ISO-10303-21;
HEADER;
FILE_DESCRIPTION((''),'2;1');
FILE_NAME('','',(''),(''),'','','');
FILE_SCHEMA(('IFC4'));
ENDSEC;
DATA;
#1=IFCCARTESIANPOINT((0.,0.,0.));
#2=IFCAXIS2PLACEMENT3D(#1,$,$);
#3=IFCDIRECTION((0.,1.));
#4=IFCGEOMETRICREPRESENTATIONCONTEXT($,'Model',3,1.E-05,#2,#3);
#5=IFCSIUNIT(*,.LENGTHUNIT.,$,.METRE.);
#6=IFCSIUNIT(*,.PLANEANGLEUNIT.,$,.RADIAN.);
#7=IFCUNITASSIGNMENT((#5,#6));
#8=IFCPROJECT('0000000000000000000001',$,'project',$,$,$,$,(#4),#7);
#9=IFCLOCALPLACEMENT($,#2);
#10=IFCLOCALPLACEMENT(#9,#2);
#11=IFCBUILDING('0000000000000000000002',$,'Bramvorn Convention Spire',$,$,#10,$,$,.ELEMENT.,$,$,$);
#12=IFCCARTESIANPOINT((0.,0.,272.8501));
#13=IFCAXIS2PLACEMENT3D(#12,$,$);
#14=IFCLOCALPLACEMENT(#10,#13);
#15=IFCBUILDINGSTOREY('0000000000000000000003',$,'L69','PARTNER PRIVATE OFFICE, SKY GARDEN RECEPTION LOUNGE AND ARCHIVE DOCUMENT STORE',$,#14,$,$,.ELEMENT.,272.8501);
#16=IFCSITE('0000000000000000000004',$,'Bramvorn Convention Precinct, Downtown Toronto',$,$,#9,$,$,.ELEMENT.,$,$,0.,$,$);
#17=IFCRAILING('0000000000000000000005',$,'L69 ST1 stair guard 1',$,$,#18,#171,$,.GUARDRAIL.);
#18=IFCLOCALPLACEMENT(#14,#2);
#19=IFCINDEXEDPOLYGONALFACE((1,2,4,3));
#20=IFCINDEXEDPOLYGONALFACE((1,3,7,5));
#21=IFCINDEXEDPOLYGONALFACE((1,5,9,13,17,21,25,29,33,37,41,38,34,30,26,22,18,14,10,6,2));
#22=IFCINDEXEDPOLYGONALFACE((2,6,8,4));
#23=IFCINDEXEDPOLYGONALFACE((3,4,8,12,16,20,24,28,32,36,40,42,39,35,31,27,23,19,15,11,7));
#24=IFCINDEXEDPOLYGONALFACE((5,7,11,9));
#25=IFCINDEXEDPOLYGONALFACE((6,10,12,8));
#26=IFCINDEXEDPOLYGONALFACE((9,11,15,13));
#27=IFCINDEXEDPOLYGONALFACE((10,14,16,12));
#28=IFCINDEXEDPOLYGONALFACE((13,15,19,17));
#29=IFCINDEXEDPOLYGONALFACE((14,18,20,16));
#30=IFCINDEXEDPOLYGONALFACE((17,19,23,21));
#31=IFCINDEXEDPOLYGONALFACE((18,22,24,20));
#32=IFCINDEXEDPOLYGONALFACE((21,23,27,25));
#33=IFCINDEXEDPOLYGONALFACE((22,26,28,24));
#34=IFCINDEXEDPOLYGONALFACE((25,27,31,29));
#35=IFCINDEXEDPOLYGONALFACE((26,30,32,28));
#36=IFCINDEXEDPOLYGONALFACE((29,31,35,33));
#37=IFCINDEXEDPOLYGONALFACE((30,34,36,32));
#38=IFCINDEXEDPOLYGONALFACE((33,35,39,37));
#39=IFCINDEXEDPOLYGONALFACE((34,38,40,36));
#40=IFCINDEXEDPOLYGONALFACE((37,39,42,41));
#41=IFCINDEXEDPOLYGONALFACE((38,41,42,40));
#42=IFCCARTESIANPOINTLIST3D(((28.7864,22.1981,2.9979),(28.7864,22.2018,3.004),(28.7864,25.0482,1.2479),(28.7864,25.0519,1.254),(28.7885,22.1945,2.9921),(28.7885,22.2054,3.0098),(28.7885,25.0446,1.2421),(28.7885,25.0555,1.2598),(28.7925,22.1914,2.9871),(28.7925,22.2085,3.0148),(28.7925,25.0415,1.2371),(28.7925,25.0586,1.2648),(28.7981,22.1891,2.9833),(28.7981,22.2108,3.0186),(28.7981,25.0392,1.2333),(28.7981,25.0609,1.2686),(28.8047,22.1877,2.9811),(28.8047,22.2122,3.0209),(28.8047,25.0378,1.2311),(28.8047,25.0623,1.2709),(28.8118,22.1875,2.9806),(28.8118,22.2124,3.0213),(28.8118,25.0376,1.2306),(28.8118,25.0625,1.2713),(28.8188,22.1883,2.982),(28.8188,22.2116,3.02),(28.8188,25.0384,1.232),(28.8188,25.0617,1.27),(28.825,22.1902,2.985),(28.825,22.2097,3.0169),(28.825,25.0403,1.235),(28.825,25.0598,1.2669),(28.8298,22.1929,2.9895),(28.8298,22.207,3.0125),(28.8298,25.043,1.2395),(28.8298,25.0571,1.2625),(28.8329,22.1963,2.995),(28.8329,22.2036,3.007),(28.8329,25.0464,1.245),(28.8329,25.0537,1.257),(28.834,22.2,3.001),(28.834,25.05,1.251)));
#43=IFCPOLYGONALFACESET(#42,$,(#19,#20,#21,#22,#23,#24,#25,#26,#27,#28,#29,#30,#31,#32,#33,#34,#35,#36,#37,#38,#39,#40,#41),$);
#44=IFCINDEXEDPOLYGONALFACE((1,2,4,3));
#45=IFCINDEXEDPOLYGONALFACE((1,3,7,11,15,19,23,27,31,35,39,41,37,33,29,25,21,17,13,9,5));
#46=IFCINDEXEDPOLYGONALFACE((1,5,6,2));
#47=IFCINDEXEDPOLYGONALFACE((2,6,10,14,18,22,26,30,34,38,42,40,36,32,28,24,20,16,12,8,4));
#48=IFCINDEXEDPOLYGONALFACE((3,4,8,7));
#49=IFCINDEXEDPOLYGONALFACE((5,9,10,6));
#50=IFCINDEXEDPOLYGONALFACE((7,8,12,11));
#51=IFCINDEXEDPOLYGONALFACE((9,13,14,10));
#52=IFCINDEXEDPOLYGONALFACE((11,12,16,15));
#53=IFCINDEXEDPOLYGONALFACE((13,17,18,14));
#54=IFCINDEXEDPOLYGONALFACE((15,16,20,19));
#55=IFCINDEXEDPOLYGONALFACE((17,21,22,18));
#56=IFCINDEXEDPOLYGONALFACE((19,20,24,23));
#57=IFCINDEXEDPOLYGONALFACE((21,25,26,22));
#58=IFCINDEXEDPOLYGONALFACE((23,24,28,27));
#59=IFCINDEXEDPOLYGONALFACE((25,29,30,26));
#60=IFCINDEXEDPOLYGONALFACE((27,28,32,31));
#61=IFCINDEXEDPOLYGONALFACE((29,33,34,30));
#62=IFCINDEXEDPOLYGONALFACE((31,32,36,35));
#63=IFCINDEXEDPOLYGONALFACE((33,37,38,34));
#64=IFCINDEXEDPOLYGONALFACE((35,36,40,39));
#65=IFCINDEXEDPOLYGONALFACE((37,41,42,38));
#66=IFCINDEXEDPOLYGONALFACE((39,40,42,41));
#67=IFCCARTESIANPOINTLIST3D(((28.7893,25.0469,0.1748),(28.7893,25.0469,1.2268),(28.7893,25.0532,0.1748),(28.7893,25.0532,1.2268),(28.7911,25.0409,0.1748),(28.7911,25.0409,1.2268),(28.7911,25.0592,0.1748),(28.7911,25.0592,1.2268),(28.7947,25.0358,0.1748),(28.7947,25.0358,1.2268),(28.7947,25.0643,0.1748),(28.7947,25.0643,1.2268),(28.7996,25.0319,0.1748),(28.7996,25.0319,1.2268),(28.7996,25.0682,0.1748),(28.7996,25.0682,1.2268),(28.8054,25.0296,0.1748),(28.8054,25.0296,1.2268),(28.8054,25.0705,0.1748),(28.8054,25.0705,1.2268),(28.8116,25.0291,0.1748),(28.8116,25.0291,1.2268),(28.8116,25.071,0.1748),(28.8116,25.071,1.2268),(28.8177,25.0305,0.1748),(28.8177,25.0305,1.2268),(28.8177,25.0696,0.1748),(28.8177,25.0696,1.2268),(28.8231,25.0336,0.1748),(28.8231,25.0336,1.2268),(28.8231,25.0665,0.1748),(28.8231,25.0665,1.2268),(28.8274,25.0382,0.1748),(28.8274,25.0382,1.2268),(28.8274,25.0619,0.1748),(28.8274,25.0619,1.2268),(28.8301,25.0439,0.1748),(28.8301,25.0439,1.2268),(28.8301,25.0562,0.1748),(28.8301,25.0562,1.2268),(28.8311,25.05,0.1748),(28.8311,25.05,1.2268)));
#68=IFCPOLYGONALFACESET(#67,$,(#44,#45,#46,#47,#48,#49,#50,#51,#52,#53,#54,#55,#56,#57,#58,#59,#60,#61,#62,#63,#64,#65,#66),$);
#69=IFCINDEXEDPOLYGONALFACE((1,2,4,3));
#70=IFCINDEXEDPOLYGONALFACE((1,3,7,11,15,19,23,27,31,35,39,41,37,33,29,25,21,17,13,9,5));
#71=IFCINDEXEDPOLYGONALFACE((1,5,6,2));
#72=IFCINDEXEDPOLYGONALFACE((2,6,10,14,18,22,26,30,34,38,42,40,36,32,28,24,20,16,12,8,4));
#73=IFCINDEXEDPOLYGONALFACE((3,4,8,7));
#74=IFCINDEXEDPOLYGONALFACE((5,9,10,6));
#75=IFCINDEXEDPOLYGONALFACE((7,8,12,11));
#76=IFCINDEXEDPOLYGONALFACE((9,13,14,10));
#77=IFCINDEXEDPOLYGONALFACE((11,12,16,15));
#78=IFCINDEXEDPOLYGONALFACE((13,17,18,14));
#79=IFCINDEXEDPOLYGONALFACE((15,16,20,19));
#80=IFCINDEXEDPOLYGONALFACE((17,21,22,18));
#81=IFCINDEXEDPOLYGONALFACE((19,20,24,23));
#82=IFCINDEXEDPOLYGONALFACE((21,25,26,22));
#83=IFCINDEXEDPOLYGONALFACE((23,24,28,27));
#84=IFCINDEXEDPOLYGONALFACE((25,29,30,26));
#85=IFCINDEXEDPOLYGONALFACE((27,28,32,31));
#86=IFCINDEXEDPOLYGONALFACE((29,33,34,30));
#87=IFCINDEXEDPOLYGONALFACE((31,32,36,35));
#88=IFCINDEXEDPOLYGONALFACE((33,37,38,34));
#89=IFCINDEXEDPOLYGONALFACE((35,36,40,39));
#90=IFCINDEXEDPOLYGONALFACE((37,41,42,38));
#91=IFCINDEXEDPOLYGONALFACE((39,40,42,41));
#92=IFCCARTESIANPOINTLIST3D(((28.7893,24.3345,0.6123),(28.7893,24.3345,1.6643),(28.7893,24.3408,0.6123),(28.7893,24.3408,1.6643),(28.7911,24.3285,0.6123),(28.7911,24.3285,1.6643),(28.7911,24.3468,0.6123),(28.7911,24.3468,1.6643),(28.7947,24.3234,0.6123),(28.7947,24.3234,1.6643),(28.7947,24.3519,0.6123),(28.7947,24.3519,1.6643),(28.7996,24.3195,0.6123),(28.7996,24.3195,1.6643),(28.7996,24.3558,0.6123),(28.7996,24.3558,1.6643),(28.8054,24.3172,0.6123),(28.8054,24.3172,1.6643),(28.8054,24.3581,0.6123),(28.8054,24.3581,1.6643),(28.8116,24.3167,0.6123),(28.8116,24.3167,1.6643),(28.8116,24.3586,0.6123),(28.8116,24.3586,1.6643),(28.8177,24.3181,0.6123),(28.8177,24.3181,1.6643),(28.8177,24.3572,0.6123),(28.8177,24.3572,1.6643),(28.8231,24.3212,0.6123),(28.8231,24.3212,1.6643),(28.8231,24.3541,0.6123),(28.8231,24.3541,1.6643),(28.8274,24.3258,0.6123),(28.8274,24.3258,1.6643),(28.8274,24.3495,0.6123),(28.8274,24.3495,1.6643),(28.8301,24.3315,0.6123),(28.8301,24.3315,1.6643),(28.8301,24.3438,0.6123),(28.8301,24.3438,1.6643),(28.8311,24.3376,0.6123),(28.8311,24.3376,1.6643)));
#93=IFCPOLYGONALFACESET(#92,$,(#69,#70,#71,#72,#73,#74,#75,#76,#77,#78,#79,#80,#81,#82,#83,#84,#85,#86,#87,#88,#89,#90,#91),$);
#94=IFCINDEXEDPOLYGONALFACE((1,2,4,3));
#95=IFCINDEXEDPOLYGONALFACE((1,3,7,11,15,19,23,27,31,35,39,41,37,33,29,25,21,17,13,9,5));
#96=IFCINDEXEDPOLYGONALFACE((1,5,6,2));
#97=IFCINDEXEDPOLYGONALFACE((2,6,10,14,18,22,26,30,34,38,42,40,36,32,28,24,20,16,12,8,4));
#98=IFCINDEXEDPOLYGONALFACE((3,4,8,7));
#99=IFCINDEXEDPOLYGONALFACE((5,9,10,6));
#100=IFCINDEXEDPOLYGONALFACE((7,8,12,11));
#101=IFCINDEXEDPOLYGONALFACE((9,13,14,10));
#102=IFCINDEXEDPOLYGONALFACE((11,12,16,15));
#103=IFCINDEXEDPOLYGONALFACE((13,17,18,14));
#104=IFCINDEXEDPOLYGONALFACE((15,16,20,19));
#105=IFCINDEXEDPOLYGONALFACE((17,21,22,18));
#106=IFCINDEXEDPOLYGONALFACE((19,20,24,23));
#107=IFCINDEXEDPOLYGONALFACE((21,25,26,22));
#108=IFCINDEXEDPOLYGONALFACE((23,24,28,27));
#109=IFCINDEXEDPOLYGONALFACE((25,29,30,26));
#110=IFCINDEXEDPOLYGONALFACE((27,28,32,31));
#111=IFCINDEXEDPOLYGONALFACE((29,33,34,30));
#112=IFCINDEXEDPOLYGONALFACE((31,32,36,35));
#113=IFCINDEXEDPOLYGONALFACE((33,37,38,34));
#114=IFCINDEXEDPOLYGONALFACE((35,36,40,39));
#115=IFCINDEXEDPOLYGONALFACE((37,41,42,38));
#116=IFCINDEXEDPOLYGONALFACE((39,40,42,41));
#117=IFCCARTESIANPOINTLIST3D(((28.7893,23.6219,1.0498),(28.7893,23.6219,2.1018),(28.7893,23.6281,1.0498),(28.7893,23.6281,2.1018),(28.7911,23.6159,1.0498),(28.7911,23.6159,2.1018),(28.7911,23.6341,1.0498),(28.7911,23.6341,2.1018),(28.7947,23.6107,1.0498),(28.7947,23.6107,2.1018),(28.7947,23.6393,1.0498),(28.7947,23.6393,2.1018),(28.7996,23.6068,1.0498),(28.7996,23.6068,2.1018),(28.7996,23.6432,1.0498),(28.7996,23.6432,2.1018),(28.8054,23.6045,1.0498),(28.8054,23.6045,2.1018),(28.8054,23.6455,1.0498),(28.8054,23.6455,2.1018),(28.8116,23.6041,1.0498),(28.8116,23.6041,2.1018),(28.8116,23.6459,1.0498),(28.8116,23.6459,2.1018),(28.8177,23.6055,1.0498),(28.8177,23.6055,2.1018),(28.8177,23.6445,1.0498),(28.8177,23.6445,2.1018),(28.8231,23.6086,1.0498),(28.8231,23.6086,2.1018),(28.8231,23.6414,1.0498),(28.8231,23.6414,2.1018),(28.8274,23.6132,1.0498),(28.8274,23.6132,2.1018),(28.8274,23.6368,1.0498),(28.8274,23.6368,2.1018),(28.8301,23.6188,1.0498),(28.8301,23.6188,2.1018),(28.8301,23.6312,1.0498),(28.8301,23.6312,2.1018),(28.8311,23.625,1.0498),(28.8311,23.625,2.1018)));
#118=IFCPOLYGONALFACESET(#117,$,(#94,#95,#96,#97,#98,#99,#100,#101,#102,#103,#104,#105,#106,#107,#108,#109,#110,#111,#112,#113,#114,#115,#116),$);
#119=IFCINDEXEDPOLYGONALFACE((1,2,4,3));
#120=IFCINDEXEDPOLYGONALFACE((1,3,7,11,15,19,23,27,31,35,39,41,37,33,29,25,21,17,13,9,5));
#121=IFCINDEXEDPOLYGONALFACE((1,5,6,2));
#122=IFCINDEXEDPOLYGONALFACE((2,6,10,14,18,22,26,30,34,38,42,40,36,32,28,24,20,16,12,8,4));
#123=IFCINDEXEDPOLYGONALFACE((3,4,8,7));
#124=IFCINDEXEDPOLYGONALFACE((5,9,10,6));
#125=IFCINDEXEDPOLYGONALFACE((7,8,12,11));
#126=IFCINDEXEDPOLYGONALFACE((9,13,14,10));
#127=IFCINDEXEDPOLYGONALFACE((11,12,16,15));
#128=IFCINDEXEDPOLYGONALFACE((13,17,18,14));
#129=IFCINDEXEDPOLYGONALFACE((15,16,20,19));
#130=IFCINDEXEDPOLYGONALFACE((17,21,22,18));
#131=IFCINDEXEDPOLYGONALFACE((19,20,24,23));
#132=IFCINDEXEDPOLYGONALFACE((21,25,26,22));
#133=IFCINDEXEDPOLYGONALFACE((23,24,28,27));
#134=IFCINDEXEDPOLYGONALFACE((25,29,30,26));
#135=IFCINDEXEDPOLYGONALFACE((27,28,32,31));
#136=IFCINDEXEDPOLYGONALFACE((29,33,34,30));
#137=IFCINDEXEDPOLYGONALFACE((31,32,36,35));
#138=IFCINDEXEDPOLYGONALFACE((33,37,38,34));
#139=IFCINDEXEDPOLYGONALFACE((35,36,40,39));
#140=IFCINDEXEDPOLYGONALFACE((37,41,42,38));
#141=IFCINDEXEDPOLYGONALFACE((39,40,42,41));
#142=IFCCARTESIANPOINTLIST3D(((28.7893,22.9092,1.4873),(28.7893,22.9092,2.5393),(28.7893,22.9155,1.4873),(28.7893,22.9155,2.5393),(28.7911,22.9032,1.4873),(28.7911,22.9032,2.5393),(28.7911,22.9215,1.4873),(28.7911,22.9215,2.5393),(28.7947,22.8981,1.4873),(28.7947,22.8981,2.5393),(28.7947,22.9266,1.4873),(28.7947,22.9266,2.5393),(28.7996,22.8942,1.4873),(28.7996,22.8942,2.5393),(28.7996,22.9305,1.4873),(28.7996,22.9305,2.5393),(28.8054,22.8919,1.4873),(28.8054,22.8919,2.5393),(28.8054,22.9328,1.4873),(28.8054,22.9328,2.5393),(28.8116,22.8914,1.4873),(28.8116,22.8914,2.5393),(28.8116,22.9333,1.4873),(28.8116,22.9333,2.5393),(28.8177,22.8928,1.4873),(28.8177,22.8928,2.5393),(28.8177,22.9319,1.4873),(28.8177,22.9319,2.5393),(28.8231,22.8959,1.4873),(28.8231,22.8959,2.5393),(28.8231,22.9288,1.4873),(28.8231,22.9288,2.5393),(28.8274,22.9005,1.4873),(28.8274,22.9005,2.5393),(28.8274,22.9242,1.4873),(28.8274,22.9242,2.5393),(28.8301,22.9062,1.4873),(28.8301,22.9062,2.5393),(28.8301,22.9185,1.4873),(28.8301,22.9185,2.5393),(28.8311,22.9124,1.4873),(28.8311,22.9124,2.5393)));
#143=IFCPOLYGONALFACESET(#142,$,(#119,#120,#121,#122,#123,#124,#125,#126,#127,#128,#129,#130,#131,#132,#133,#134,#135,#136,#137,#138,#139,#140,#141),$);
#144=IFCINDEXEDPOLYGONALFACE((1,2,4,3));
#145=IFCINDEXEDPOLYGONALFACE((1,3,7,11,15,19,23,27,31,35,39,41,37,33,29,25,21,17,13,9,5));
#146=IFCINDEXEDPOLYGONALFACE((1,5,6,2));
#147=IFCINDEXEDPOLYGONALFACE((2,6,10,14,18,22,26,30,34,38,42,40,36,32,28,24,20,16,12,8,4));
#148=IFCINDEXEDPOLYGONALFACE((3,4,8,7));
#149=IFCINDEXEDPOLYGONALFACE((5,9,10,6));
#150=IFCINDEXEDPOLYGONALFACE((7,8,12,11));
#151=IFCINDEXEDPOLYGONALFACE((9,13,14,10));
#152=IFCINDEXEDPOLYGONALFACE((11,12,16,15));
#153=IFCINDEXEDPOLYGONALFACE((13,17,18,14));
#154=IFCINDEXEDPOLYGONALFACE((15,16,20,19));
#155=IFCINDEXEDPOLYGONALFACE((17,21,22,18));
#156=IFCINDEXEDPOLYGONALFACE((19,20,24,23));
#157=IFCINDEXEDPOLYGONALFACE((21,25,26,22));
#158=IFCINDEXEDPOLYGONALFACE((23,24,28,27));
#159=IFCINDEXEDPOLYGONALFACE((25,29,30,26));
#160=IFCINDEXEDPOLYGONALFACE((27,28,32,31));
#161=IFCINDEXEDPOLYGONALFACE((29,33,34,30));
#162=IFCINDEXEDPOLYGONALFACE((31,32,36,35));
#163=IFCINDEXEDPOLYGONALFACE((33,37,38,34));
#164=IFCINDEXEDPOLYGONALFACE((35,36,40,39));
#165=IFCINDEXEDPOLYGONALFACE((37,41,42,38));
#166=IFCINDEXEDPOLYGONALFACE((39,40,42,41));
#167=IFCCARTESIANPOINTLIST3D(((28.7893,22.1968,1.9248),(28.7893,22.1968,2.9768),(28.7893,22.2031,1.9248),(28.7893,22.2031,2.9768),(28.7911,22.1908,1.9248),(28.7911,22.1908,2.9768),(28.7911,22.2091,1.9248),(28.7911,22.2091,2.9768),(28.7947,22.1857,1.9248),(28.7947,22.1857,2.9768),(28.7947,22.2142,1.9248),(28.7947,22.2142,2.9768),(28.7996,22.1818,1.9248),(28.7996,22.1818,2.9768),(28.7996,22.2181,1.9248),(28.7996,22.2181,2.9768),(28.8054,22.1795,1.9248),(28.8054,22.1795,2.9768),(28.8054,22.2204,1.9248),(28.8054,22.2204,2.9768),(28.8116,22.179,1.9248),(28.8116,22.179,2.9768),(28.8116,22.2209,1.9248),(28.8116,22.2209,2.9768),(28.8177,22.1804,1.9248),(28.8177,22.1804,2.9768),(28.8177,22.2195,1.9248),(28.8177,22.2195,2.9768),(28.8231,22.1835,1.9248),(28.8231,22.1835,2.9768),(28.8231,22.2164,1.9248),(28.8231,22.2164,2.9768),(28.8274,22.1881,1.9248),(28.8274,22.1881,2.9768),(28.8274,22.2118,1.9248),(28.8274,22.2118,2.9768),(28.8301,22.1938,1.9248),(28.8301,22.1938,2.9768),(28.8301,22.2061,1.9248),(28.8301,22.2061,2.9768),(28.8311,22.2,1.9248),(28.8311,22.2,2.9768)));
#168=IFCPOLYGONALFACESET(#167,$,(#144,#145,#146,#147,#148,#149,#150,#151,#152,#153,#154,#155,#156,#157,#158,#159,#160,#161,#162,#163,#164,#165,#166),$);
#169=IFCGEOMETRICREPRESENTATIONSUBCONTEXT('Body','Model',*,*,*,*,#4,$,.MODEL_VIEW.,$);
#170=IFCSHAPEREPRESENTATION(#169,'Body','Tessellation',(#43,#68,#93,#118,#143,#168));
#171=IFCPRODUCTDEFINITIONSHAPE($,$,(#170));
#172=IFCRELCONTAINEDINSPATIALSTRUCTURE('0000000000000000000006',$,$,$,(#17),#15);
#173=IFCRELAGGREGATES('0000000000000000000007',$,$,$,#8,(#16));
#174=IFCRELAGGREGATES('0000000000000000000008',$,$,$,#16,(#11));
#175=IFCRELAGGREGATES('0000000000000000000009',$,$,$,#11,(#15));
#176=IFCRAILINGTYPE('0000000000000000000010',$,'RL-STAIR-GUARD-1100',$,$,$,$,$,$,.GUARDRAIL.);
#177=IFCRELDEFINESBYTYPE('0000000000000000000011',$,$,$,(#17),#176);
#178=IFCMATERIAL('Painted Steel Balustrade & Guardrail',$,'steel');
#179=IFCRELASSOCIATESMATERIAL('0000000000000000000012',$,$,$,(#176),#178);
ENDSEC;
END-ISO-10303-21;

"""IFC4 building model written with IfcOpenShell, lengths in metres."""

from ifc_helpers import new_model, si_unit, direction, frame, origin, origin_2d, place, context, subcontext, project, spatial, circle, extrude, material, type_object, element, save


model = new_model("IFC4")

# Units and contexts
model_context = context("Model", 3, precision=1e-05, world=origin(), true_north=direction((0.0, 1.0)))
body_context = subcontext(model_context, "Body", "Model", "MODEL_VIEW")
ifc_project = project(units=[si_unit("LENGTHUNIT", "METRE"), si_unit("PLANEANGLEUNIT", "RADIAN")], contexts=[model_context])

# Site, building, storey
site_placement = place(None, origin())
site = spatial("IfcSite", under=ifc_project, at=site_placement, Name="Bramvorn Convention Precinct, Downtown Toronto", CompositionType="ELEMENT", RefElevation=0.0)
building_placement = place(site_placement, origin())
building = spatial("IfcBuilding", under=site, at=building_placement, Name="Bramvorn Convention Spire", CompositionType="ELEMENT")
storey_placement = place(building_placement, frame((0.0, 0.0, 272.8501)))
storey = spatial("IfcBuildingStorey", under=building, at=storey_placement, Name="L69", Description="PARTNER PRIVATE OFFICE, SKY GARDEN RECEPTION LOUNGE AND ARCHIVE DOCUMENT STORE", CompositionType="ELEMENT", Elevation=272.8501)

# Railing
ifc_material_1 = material(Name="Painted Steel Balustrade & Guardrail", Category="steel")
railing_type = type_object("IfcRailingType", Name="RL-STAIR-GUARD-1100", PredefinedType="GUARDRAIL", material=ifc_material_1)
railing_1_placement = place(storey_placement, frame((28.8101, 25.05, 0.1748)))
element("IfcRailing", 1, at=railing_1_placement, inside=storey, type_object=railing_type, Name="L69 ST1 stair guard 1", PredefinedType="GUARDRAIL", context=body_context, shape_type="SweptSolid", body=[
    extrude(circle(Radius=0.0239, at=origin_2d()), frame((0.0, 0.0, 1.0762), z_axis=(0.0, -0.852179, 0.52325), x_axis=(1.0, 0.0, 0.0)), (0.0, 0.0, 1.0), 3.3445),
    extrude(circle(Radius=0.021, at=origin_2d()), origin(), (0.0, 0.0, 1.0), 1.052),
    extrude(circle(Radius=0.021, at=origin_2d()), frame((0.0, -0.7124, 0.4375)), (0.0, 0.0, 1.0), 1.052),
    extrude(circle(Radius=0.021, at=origin_2d()), frame((0.0, -1.425, 0.875)), (0.0, 0.0, 1.0), 1.052),
    extrude(circle(Radius=0.021, at=origin_2d()), frame((0.0, -2.1377, 1.3125)), (0.0, 0.0, 1.0), 1.052),
    extrude(circle(Radius=0.021, at=origin_2d()), frame((0.0, -2.8501, 1.75)), (0.0, 0.0, 1.0), 1.052),
])

save(model, "model.ifc")
